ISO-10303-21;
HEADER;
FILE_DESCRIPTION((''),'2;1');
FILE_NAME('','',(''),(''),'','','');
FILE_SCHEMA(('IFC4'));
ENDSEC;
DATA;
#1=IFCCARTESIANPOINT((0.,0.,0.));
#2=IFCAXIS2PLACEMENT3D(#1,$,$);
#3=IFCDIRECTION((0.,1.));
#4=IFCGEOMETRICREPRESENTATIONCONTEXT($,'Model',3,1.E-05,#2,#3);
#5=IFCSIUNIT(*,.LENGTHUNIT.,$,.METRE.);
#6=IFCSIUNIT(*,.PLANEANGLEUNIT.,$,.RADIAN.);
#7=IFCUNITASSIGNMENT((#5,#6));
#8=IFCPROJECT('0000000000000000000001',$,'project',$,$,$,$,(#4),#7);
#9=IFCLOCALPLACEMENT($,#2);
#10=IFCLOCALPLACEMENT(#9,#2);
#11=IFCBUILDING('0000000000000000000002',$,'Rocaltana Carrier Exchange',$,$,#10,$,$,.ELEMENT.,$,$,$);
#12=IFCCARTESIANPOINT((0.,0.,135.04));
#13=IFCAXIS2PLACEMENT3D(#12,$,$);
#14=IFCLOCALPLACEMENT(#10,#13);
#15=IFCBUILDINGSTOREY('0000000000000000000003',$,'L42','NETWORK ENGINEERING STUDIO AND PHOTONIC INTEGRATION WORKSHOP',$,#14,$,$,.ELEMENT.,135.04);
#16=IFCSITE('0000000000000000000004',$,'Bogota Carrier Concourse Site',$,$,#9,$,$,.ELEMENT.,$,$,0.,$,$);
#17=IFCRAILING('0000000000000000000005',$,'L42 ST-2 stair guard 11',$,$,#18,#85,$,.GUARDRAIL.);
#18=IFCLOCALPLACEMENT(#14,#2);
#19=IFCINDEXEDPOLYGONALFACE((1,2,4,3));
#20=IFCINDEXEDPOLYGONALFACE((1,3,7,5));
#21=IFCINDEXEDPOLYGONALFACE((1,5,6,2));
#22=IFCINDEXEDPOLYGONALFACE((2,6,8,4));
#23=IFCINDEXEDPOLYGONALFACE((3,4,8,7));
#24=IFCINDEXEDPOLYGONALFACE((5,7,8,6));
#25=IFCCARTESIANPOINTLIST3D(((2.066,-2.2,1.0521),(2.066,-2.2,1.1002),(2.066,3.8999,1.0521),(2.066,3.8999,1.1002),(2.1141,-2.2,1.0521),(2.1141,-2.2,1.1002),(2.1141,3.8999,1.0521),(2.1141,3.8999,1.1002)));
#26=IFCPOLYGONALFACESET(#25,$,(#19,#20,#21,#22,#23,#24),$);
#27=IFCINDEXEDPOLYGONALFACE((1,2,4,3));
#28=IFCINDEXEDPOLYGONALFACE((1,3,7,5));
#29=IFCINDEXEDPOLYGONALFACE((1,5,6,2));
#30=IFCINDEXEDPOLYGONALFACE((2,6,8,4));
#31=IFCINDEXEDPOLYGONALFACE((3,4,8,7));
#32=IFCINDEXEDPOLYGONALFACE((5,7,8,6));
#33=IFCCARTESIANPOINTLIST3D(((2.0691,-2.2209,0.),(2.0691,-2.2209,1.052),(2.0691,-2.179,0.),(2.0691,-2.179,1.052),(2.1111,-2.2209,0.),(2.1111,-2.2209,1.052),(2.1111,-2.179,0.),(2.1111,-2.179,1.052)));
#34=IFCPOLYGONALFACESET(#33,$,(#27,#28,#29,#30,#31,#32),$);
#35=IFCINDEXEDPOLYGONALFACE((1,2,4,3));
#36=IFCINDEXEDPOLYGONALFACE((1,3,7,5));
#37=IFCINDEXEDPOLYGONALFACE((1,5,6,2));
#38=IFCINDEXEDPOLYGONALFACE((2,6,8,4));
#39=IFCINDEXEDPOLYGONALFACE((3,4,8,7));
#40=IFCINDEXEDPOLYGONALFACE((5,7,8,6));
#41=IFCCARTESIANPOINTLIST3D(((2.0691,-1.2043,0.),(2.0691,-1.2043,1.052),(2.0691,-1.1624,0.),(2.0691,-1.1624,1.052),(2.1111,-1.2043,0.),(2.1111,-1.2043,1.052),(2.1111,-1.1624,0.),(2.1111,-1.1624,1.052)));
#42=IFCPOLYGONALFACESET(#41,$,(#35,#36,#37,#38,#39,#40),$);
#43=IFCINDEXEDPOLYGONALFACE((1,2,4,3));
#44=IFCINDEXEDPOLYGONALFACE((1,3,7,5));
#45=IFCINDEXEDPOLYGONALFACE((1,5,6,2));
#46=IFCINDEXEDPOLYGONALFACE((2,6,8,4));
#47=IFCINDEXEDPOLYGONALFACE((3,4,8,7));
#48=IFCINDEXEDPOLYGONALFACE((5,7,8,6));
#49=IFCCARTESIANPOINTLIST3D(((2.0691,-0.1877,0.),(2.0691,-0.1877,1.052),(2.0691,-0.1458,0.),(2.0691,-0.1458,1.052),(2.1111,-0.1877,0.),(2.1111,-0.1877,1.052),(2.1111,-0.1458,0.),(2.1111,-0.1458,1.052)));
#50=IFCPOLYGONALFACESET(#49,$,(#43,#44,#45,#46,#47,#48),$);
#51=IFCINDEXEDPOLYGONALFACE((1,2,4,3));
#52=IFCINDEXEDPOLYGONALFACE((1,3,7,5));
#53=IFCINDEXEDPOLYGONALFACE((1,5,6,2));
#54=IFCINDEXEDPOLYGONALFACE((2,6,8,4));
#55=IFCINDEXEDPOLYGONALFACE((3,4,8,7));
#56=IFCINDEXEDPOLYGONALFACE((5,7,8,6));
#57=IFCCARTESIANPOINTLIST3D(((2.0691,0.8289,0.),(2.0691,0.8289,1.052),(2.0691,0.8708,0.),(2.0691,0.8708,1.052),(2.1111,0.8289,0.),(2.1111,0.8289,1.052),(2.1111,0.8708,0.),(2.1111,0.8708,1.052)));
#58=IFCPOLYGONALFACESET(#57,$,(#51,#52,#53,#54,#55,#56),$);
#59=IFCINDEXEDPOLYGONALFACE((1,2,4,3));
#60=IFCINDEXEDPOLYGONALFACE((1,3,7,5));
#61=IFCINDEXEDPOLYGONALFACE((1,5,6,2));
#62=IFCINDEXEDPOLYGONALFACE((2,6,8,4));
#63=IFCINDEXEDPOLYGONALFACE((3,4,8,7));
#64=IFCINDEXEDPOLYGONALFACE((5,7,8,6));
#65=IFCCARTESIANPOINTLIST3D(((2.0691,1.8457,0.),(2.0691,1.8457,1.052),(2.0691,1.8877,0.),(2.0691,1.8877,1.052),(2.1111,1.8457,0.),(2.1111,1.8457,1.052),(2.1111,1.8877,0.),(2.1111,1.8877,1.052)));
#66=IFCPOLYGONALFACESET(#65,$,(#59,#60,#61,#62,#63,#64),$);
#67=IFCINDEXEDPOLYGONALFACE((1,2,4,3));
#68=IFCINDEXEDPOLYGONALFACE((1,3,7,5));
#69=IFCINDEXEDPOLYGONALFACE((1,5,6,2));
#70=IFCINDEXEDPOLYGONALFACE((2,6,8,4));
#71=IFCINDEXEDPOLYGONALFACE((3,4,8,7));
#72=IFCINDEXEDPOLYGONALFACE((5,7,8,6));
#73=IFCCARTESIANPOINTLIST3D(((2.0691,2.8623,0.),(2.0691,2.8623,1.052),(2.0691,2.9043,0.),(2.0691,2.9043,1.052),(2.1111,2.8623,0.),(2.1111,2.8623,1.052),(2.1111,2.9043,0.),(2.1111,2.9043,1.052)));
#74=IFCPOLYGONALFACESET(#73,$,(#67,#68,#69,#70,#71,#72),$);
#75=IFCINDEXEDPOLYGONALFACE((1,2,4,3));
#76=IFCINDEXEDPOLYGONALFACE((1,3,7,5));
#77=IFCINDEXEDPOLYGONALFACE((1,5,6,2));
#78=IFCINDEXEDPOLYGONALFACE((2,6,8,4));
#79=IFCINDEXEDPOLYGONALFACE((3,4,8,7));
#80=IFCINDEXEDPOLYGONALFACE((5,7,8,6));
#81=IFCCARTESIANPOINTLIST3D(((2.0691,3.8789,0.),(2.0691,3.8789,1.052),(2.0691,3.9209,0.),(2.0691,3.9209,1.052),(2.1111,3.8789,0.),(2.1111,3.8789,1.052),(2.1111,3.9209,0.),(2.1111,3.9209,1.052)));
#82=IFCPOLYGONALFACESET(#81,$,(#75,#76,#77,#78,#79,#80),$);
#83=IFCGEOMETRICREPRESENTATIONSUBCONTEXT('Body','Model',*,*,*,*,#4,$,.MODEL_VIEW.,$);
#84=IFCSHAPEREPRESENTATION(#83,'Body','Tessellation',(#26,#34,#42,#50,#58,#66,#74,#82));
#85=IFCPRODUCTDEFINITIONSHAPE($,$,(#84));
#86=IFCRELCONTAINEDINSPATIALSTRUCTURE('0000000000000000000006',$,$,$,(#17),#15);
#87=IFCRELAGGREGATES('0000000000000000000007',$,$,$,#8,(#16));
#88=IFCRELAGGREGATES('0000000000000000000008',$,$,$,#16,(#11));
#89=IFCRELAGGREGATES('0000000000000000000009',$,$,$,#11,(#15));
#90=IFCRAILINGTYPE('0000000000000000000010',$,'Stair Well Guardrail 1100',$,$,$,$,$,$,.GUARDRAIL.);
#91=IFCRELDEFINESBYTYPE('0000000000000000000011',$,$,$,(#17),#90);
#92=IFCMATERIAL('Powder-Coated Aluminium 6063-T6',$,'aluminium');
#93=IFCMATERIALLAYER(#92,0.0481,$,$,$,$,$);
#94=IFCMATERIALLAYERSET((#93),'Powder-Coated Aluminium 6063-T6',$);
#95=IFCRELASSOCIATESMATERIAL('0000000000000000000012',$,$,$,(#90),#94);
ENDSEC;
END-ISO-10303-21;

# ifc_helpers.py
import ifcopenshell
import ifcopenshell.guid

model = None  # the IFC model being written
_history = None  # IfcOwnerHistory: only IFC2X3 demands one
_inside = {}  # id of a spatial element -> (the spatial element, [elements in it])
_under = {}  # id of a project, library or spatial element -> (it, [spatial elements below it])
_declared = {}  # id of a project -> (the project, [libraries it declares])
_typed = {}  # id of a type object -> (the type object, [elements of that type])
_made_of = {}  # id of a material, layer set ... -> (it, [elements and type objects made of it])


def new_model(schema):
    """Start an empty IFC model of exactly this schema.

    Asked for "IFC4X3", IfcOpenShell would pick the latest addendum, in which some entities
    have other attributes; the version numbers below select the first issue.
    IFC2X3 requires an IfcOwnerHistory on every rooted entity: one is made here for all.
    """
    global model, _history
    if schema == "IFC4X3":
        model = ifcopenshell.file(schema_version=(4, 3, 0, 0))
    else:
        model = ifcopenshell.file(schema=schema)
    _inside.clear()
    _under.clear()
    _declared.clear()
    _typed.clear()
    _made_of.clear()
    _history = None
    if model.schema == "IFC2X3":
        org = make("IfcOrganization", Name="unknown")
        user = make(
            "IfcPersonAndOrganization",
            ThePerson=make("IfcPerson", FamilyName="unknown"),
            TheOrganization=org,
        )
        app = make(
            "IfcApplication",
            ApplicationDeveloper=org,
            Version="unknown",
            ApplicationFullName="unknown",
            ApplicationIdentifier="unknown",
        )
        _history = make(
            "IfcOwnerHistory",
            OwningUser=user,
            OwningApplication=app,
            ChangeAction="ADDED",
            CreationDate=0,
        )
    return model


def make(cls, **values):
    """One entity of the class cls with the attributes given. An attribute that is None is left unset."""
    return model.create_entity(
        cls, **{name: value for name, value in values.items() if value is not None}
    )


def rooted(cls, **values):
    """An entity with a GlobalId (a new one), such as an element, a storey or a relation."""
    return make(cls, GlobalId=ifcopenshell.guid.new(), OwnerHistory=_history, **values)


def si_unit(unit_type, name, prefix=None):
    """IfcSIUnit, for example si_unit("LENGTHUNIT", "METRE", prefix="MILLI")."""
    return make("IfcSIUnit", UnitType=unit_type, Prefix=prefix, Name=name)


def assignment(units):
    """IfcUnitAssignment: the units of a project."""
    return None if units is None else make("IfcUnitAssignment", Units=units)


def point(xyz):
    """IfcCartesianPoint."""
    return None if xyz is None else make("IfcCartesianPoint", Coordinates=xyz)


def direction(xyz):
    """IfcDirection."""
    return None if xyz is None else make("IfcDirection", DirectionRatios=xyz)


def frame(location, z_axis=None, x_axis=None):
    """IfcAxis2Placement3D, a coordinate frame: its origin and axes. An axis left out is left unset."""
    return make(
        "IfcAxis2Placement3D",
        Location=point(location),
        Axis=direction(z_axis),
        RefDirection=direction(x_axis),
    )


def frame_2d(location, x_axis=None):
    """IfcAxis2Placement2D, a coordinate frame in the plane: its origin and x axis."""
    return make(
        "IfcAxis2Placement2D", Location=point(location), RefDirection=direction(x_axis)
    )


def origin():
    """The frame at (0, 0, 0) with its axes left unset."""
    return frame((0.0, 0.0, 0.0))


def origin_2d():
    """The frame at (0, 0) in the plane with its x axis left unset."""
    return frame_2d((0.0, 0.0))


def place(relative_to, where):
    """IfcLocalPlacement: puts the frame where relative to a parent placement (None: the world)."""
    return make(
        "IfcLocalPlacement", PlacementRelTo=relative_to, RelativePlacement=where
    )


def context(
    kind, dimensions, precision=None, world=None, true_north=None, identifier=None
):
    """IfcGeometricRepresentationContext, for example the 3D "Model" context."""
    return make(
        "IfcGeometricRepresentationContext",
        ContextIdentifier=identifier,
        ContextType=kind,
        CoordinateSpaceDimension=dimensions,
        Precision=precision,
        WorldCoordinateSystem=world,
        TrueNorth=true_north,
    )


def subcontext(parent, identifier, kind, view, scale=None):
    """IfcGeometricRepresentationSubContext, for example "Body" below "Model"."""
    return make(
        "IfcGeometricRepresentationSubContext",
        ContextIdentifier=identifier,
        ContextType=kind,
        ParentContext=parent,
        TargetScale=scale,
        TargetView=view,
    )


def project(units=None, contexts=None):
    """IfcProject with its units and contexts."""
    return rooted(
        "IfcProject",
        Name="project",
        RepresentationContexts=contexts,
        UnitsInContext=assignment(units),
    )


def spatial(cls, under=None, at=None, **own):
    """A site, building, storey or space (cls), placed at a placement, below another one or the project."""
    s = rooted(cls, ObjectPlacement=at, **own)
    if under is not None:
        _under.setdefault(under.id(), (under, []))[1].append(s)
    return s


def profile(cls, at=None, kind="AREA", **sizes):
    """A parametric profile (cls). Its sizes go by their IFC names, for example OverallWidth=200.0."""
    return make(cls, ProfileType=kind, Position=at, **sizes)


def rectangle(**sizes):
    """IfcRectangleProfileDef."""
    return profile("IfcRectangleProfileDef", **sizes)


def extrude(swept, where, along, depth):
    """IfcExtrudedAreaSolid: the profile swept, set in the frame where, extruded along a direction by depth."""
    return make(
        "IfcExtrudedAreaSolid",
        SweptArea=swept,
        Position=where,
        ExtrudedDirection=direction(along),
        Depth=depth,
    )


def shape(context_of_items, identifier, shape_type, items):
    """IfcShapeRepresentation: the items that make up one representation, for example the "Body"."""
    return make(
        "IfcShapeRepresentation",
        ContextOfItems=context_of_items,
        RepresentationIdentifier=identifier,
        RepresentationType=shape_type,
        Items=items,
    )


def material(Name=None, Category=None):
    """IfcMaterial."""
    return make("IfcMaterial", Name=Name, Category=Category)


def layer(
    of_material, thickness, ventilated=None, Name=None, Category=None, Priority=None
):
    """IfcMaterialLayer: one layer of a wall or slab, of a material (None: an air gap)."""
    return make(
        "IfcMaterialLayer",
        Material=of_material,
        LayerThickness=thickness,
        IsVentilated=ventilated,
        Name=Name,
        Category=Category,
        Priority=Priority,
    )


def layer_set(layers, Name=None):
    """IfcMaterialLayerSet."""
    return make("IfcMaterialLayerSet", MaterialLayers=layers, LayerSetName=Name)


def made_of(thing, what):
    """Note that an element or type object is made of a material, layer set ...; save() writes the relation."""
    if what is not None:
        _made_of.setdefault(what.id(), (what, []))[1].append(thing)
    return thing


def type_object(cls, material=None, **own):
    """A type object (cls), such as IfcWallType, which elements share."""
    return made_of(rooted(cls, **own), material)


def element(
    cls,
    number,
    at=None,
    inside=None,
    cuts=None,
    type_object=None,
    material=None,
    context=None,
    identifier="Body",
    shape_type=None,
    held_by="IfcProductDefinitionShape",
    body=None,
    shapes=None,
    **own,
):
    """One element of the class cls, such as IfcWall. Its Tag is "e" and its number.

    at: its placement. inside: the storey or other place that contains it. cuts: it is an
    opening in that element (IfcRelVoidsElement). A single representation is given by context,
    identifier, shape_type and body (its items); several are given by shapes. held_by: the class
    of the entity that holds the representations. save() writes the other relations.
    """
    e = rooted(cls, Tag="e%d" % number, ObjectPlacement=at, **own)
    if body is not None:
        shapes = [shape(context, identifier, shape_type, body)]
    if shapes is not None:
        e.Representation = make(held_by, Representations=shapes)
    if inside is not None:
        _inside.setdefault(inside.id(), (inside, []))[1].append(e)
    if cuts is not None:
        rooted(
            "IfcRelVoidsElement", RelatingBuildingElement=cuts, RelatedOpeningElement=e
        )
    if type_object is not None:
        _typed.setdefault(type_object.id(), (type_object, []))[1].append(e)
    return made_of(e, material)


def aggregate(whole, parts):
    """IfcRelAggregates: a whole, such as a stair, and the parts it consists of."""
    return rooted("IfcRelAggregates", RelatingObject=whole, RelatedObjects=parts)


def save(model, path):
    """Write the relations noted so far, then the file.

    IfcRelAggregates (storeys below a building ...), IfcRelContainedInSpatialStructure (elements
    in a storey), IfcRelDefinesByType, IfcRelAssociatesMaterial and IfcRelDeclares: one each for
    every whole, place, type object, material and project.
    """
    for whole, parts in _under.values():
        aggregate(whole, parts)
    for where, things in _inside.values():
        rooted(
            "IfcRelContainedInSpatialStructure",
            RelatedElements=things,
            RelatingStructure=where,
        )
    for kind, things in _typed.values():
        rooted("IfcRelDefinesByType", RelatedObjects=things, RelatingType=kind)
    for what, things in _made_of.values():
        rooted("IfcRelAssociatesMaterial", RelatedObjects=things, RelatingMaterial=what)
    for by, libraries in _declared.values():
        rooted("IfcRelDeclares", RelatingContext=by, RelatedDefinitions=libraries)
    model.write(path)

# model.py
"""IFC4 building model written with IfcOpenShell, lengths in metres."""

from ifc_helpers import new_model, si_unit, direction, frame, origin, origin_2d, place, context, subcontext, project, spatial, rectangle, extrude, material, layer, layer_set, type_object, element, save


model = new_model("IFC4")

# Units and contexts
model_context = context("Model", 3, precision=1e-05, world=origin(), true_north=direction((0.0, 1.0)))
body_context = subcontext(model_context, "Body", "Model", "MODEL_VIEW")
ifc_project = project(units=[si_unit("LENGTHUNIT", "METRE"), si_unit("PLANEANGLEUNIT", "RADIAN")], contexts=[model_context])

# Site, building, storey
site_placement = place(None, origin())
site = spatial("IfcSite", under=ifc_project, at=site_placement, Name="Bogota Carrier Concourse Site", CompositionType="ELEMENT", RefElevation=0.0)
building_placement = place(site_placement, origin())
building = spatial("IfcBuilding", under=site, at=building_placement, Name="Rocaltana Carrier Exchange", CompositionType="ELEMENT")
storey_placement = place(building_placement, frame((0.0, 0.0, 135.04)))
storey = spatial("IfcBuildingStorey", under=building, at=storey_placement, Name="L42", Description="NETWORK ENGINEERING STUDIO AND PHOTONIC INTEGRATION WORKSHOP", CompositionType="ELEMENT", Elevation=135.04)

# Railing
ifc_material_1 = material(Name="Powder-Coated Aluminium 6063-T6", Category="aluminium")
ifc_layer_1 = layer(ifc_material_1, 0.0481)
ifc_layer_set_1 = layer_set([ifc_layer_1], Name="Powder-Coated Aluminium 6063-T6")
railing_type_1 = type_object("IfcRailingType", Name="Stair Well Guardrail 1100", PredefinedType="GUARDRAIL", material=ifc_layer_set_1)
for number, where, name in (
    (1, (2.0901, -2.2, 0.0), "L42 ST-2 stair guard 11"),
):
    element("IfcRailing", number, at=place(storey_placement, frame(where)), inside=storey, type_object=railing_type_1, Name=name, PredefinedType="GUARDRAIL", context=body_context, shape_type="SweptSolid", body=[
        extrude(rectangle(XDim=0.0481, YDim=0.0481, at=origin_2d()), frame((0.0, 0.0, 1.0762), z_axis=(0.0, 1.0, 0.0), x_axis=(-1.0, 0.0, 0.0)), (0.0, 0.0, 1.0), 6.0999),
        extrude(rectangle(XDim=0.042, YDim=0.042, at=origin_2d()), origin(), (0.0, 0.0, 1.0), 1.052),
        extrude(rectangle(XDim=0.042, YDim=0.042, at=origin_2d()), frame((0.0, 1.0166, 0.0)), (0.0, 0.0, 1.0), 1.052),
        extrude(rectangle(XDim=0.042, YDim=0.042, at=origin_2d()), frame((0.0, 2.0332, 0.0)), (0.0, 0.0, 1.0), 1.052),
        extrude(rectangle(XDim=0.042, YDim=0.042, at=origin_2d()), frame((0.0, 3.0498, 0.0)), (0.0, 0.0, 1.0), 1.052),
        extrude(rectangle(XDim=0.042, YDim=0.042, at=origin_2d()), frame((0.0, 4.0667, 0.0)), (0.0, 0.0, 1.0), 1.052),
        extrude(rectangle(XDim=0.042, YDim=0.042, at=origin_2d()), frame((0.0, 5.0833, 0.0)), (0.0, 0.0, 1.0), 1.052),
        extrude(rectangle(XDim=0.042, YDim=0.042, at=origin_2d()), frame((0.0, 6.0999, 0.0)), (0.0, 0.0, 1.0), 1.052),
    ])

save(model, "model.ifc")
